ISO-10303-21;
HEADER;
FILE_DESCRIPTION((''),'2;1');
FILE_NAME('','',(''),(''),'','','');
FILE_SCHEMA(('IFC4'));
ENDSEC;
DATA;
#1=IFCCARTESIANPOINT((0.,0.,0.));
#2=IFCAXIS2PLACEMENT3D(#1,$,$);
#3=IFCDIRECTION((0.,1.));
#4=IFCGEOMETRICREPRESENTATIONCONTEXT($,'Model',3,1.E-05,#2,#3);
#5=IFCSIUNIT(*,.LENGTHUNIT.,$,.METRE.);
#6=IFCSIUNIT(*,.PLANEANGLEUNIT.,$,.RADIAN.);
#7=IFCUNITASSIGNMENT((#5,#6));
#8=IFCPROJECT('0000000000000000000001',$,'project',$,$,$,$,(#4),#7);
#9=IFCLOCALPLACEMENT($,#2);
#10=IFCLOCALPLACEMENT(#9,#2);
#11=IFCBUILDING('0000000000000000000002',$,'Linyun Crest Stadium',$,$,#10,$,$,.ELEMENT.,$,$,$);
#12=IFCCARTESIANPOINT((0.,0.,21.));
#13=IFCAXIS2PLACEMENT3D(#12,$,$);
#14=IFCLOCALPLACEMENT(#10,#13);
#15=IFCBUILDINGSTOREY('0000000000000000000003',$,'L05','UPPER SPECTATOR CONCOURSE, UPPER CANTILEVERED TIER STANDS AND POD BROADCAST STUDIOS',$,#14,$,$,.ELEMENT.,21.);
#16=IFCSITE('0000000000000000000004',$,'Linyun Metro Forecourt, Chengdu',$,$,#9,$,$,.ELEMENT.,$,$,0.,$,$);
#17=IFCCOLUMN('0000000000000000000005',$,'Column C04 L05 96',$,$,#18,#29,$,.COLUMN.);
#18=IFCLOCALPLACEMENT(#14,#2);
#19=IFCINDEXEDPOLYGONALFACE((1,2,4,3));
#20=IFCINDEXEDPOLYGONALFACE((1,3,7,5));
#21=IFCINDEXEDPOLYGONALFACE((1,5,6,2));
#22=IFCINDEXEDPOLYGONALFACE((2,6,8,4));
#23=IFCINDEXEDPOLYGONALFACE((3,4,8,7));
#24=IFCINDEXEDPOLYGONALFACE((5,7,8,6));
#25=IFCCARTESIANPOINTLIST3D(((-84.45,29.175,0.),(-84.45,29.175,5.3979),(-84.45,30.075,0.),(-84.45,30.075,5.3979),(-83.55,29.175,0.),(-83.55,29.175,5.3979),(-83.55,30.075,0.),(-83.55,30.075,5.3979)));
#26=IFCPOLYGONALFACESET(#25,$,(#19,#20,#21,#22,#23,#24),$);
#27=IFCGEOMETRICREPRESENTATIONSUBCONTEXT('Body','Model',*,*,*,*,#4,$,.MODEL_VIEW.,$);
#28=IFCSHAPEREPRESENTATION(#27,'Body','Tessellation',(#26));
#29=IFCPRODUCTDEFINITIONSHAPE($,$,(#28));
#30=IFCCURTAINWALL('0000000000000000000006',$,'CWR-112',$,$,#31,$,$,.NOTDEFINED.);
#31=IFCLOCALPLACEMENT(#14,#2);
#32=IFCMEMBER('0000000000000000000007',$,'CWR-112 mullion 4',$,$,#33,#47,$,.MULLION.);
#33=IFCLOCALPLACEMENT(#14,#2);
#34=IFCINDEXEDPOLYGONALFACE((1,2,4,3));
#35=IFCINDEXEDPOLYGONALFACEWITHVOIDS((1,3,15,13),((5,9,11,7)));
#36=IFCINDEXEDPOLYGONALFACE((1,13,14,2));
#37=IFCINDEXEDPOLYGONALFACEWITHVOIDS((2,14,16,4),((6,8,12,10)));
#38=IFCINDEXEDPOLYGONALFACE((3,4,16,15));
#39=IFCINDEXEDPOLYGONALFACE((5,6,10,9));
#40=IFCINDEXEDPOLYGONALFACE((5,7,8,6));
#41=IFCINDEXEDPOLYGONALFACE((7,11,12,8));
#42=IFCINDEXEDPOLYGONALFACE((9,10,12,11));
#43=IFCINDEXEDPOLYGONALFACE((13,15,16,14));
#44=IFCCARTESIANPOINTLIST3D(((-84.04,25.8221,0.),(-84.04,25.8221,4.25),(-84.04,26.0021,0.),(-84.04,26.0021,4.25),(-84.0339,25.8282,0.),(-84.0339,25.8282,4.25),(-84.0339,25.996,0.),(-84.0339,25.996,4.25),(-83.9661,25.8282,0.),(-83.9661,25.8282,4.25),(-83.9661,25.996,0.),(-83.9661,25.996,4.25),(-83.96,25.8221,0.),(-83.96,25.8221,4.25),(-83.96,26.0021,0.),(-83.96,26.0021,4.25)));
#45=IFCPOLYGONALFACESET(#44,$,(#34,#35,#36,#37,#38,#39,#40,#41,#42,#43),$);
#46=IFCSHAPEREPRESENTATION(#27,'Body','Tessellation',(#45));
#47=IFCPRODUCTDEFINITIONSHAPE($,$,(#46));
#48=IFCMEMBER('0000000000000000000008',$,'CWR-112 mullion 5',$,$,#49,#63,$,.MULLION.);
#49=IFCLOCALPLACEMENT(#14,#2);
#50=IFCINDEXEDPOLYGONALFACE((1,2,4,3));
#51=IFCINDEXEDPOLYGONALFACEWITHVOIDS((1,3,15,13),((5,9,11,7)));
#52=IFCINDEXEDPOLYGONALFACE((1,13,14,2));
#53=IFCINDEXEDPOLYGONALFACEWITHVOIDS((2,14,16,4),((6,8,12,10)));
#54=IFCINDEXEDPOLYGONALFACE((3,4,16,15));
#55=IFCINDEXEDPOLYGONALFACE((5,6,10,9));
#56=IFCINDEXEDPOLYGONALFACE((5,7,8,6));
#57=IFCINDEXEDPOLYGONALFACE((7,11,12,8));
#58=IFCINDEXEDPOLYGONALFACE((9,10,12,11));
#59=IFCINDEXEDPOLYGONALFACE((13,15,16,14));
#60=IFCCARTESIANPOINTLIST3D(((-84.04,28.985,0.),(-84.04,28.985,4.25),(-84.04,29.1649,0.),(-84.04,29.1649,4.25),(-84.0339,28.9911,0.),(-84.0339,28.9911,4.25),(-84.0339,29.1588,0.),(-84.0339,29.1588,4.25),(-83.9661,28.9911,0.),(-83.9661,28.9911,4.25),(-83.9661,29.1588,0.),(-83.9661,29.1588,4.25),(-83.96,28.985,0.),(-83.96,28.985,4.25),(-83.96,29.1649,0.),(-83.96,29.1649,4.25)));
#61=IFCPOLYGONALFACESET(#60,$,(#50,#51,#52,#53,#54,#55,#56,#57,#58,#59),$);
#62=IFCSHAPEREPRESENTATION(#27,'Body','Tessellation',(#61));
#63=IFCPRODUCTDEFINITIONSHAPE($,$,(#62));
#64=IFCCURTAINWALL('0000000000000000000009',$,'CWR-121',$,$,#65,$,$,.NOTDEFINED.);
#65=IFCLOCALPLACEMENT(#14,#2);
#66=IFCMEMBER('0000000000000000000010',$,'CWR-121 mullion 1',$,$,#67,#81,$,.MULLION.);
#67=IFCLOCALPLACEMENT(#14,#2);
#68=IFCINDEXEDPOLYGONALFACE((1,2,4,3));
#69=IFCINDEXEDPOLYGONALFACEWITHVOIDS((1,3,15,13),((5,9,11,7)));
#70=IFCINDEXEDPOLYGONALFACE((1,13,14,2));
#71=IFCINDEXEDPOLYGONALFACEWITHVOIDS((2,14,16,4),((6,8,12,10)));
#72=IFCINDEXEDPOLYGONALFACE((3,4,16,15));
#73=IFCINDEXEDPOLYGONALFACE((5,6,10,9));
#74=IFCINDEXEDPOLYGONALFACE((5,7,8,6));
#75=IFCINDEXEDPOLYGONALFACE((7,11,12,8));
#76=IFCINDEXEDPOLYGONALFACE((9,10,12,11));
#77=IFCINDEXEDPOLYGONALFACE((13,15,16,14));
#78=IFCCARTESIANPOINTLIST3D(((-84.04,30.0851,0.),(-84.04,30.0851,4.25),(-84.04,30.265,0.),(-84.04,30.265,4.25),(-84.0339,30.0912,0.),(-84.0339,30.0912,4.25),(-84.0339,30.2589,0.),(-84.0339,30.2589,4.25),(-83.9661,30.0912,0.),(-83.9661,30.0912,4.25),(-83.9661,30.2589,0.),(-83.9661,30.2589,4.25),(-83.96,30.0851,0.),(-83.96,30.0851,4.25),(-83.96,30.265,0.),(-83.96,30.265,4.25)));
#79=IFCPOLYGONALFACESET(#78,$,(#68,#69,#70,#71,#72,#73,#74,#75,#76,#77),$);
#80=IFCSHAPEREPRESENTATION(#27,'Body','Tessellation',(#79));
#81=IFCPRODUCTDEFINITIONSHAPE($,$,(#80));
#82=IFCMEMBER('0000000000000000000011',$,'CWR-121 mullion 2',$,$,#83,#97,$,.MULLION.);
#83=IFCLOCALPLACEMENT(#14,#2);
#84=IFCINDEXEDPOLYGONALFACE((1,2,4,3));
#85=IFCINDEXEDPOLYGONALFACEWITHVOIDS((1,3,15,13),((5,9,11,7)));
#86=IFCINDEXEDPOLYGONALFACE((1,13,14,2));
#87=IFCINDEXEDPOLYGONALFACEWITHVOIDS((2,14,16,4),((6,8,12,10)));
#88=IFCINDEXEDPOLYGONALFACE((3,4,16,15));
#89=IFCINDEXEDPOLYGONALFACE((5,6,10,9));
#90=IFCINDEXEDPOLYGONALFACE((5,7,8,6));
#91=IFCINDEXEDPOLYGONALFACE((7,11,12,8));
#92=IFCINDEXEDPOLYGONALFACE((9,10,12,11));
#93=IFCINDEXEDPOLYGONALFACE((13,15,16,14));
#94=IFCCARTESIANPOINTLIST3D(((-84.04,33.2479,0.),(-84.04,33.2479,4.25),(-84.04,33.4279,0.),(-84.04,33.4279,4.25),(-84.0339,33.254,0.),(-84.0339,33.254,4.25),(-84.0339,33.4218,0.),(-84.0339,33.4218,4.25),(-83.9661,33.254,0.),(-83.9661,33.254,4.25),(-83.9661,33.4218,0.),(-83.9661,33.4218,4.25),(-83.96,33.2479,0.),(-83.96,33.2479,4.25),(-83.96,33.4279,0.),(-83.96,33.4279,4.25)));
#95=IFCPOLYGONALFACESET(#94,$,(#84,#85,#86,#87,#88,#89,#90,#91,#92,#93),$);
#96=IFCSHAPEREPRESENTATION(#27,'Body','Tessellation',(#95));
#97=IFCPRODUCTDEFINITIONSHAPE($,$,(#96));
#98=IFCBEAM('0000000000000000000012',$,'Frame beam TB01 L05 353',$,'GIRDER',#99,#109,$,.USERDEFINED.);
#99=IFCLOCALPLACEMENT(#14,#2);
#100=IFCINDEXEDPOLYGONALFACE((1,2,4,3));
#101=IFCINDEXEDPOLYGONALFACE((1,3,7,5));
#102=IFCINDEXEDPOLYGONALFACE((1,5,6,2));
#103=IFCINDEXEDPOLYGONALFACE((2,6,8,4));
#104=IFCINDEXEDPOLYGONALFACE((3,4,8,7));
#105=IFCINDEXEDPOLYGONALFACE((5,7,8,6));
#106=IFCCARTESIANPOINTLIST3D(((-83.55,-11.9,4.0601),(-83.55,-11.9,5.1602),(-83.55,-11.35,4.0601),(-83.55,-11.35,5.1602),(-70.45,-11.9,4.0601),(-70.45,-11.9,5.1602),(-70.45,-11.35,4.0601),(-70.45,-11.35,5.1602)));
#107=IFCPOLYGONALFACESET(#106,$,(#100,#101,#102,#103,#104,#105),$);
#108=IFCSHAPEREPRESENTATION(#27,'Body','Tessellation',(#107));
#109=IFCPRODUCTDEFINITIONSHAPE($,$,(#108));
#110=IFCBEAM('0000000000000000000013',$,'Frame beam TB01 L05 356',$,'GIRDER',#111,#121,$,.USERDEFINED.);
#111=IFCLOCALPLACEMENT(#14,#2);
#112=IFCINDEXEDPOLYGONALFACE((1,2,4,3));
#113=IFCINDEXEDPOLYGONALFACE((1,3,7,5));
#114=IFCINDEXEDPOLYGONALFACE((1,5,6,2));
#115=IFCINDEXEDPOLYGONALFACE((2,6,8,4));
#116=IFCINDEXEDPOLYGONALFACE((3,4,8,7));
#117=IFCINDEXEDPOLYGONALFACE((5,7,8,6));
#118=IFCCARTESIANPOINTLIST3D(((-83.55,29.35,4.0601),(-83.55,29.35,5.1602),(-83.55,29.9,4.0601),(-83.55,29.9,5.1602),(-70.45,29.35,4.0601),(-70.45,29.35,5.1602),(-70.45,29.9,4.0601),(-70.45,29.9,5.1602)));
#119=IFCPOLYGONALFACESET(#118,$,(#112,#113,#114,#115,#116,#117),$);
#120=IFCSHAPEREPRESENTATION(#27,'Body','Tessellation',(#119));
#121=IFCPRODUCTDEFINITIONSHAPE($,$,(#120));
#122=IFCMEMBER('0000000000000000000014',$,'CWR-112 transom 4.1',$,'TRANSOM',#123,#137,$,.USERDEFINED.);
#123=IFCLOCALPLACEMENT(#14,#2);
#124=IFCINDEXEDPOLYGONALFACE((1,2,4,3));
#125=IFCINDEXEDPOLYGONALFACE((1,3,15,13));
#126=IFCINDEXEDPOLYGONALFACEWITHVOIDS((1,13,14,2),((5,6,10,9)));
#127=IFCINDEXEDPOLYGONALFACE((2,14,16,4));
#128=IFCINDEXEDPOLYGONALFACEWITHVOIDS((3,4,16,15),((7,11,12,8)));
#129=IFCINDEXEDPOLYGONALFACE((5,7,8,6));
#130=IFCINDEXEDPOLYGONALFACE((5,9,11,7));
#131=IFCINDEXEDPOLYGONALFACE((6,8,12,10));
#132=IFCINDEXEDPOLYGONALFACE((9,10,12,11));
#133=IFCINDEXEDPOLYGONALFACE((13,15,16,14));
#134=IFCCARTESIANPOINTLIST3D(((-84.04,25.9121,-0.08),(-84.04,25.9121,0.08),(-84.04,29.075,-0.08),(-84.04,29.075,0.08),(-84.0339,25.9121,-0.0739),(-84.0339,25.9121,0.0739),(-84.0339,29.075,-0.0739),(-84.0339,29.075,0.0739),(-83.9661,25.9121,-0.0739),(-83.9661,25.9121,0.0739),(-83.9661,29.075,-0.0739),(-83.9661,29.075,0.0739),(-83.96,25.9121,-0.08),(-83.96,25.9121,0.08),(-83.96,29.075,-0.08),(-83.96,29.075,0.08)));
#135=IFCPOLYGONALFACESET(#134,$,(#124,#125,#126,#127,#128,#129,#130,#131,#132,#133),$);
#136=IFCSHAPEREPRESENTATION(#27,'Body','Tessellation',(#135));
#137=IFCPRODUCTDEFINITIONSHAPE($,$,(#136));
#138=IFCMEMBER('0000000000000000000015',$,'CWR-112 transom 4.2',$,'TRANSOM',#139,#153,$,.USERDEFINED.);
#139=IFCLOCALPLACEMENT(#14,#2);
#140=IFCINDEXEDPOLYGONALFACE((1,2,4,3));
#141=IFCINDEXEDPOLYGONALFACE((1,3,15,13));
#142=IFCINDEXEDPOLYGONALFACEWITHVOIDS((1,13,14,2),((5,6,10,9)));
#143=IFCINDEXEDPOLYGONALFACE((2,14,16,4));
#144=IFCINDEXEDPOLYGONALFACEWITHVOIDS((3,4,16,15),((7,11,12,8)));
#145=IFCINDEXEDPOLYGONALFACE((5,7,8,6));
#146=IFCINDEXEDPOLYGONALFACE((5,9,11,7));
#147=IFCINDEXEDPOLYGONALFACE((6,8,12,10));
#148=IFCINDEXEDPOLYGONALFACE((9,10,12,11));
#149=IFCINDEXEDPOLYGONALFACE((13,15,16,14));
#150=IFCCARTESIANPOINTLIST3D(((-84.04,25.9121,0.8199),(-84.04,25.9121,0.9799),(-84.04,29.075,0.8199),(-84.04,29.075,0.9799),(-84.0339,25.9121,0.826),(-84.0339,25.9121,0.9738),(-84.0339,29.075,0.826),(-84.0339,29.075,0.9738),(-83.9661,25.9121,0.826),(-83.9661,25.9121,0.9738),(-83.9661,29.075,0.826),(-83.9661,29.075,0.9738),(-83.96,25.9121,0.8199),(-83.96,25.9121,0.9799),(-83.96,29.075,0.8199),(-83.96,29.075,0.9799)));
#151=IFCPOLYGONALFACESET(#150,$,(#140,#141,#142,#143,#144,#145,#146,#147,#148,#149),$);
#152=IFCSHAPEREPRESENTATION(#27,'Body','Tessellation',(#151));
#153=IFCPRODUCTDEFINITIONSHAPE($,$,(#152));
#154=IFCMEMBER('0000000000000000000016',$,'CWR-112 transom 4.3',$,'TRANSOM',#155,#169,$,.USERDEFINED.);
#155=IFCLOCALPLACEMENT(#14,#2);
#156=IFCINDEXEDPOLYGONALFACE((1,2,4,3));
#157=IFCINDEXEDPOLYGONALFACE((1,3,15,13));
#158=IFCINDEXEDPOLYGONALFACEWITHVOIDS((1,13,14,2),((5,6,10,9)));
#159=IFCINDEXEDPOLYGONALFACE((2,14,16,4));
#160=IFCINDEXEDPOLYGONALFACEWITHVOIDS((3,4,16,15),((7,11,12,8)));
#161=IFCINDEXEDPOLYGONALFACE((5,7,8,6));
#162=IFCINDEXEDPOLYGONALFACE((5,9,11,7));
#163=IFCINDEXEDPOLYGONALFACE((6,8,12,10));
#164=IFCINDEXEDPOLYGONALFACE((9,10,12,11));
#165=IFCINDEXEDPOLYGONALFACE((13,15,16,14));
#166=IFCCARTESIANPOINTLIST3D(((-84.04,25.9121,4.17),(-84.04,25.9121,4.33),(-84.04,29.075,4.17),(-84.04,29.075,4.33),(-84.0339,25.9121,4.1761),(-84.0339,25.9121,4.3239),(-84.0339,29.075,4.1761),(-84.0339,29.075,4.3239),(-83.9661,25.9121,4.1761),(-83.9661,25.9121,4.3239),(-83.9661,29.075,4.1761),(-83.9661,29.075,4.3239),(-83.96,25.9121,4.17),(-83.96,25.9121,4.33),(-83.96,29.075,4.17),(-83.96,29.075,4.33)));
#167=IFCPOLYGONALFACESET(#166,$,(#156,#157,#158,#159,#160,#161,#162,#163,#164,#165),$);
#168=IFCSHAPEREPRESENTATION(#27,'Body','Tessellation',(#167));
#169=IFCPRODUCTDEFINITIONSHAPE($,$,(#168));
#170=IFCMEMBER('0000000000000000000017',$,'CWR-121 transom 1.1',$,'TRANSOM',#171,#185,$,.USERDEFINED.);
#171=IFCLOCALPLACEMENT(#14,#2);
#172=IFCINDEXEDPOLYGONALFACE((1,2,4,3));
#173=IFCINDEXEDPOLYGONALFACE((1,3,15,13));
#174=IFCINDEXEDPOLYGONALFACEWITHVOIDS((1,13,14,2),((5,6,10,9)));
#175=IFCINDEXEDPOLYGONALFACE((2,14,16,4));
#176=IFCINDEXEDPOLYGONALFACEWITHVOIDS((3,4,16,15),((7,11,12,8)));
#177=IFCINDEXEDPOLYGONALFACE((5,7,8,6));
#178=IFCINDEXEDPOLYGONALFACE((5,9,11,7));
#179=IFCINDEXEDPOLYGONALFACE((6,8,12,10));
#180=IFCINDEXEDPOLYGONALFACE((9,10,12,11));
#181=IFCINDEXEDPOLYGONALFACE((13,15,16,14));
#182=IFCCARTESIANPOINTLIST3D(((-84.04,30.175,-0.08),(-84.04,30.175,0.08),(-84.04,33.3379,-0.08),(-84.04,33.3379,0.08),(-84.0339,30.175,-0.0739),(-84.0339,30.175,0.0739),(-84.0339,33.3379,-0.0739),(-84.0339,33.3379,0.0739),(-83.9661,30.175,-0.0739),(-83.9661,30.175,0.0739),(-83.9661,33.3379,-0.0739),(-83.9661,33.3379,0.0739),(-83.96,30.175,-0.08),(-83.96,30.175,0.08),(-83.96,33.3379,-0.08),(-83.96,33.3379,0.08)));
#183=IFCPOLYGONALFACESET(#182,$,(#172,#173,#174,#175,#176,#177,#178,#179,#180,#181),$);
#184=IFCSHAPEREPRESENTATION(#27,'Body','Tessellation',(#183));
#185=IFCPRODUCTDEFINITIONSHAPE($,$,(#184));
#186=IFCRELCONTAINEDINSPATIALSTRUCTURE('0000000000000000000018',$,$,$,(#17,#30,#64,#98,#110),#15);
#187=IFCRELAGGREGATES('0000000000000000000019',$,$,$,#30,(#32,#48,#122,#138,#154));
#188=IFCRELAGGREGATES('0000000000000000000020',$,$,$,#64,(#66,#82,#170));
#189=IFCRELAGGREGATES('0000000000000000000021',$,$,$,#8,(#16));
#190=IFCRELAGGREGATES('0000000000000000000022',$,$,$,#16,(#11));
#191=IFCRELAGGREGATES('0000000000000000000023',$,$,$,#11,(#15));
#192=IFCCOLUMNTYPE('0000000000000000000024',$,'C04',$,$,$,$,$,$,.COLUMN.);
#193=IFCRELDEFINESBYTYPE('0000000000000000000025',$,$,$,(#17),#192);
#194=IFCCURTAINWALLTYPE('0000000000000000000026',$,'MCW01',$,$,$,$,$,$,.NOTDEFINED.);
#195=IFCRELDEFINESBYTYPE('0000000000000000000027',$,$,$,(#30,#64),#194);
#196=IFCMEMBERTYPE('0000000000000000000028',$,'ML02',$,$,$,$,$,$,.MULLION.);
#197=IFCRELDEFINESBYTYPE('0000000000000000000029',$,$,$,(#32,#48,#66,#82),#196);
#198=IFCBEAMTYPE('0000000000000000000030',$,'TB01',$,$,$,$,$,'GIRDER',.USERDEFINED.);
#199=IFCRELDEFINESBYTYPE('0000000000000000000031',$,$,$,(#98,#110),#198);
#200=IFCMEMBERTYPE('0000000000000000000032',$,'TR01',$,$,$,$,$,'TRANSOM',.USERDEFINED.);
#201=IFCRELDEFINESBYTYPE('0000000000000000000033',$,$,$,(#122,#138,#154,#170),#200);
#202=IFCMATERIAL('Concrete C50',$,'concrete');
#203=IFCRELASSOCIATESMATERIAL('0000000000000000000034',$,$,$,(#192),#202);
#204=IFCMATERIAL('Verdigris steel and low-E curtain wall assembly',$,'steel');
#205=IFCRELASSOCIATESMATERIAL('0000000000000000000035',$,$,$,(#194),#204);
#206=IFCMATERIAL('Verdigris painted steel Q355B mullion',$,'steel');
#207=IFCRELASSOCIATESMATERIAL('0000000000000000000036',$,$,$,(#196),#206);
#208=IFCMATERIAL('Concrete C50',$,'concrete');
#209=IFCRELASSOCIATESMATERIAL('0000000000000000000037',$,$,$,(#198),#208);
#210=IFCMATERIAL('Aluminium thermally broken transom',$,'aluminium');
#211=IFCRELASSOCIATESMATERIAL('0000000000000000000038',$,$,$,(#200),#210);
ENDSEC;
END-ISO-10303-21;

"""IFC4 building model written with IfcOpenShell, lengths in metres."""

from ifc_helpers import new_model, si_unit, direction, frame, origin, origin_2d, place, context, subcontext, project, spatial, rectangle, hollow_rectangle, extrude, material, material_profile, profile_set, type_object, element, aggregate, save


model = new_model("IFC4")

# Units and contexts
model_context = context("Model", 3, precision=1e-05, world=origin(), true_north=direction((0.0, 1.0)))
body_context = subcontext(model_context, "Body", "Model", "MODEL_VIEW")
ifc_project = project(units=[si_unit("LENGTHUNIT", "METRE"), si_unit("PLANEANGLEUNIT", "RADIAN")], contexts=[model_context])

# Site, building, storey
site_placement = place(None, origin())
site = spatial("IfcSite", under=ifc_project, at=site_placement, Name="Linyun Metro Forecourt, Chengdu", CompositionType="ELEMENT", RefElevation=0.0)
building_placement = place(site_placement, origin())
building = spatial("IfcBuilding", under=site, at=building_placement, Name="Linyun Crest Stadium", CompositionType="ELEMENT")
storey_placement = place(building_placement, frame((0.0, 0.0, 21.0)))
storey = spatial("IfcBuildingStorey", under=building, at=storey_placement, Name="L05", Description="UPPER SPECTATOR CONCOURSE, UPPER CANTILEVERED TIER STANDS AND POD BROADCAST STUDIOS", CompositionType="ELEMENT", Elevation=21.0)

# Column
ifc_material_1 = material(Name="Concrete C50", Category="concrete")
ifc_material_profile_1 = material_profile(ifc_material_1, rectangle(XDim=0.8999, YDim=0.8999, at=origin_2d()), Name="RC 900x900")
ifc_profile_set_1 = profile_set([ifc_material_profile_1], Name="Concrete C50")
column_type = type_object("IfcColumnType", Name="C04", PredefinedType="COLUMN", material=ifc_profile_set_1)
column_placement = place(storey_placement, frame((-84.0, 29.625, 0.0), z_axis=(0.0, 0.0, 1.0), x_axis=(1.0, 0.0, 0.0)))
element("IfcColumn", 1, at=column_placement, inside=storey, type_object=column_type, Name="Column C04 L05 96", PredefinedType="COLUMN", context=body_context, shape_type="SweptSolid", body=[
    extrude(rectangle(XDim=0.8999, YDim=0.8999, at=origin_2d()), origin(), (0.0, 0.0, 1.0), 5.3979),
])

# Curtain walls, members
ifc_material_2 = material(Name="Verdigris steel and low-E curtain wall assembly", Category="steel")
curtain_wall_type = type_object("IfcCurtainWallType", Name="MCW01", PredefinedType="NOTDEFINED", material=ifc_material_2)
curtain_wall_1_placement = place(storey_placement, origin())
curtain_wall_1 = element("IfcCurtainWall", 2, at=curtain_wall_1_placement, inside=storey, type_object=curtain_wall_type, Name="CWR-112", PredefinedType="NOTDEFINED")
ifc_material_3 = material(Name="Verdigris painted steel Q355B mullion", Category="steel")
ifc_material_profile_2 = material_profile(ifc_material_3, hollow_rectangle(XDim=0.0801, YDim=0.1799, WallThickness=0.0061, at=origin_2d()), Name="RHS 180x80x6")
ifc_profile_set_2 = profile_set([ifc_material_profile_2], Name="Verdigris painted steel Q355B mullion")
member_type_1 = type_object("IfcMemberType", Name="ML02", PredefinedType="MULLION", material=ifc_profile_set_2)
member_1_placement = place(storey_placement, frame((-84.0, 25.9121, 0.0), z_axis=(0.0, 0.0, 1.0), x_axis=(-1.0, 0.0, 0.0)))
member_1 = element("IfcMember", 3, at=member_1_placement, type_object=member_type_1, Name="CWR-112 mullion 4", PredefinedType="MULLION", context=body_context, shape_type="SweptSolid", body=[
    extrude(hollow_rectangle(XDim=0.0801, YDim=0.1799, WallThickness=0.0061, at=origin_2d()), origin(), (0.0, 0.0, 1.0), 4.25),
])
member_2_placement = place(storey_placement, frame((-84.0, 29.075, 0.0), z_axis=(0.0, 0.0, 1.0), x_axis=(-1.0, 0.0, 0.0)))
member_2 = element("IfcMember", 4, at=member_2_placement, type_object=member_type_1, Name="CWR-112 mullion 5", PredefinedType="MULLION", context=body_context, shape_type="SweptSolid", body=[
    extrude(hollow_rectangle(XDim=0.0801, YDim=0.1799, WallThickness=0.0061, at=origin_2d()), origin(), (0.0, 0.0, 1.0), 4.25),
])
curtain_wall_2_placement = place(storey_placement, origin())
curtain_wall_2 = element("IfcCurtainWall", 5, at=curtain_wall_2_placement, inside=storey, type_object=curtain_wall_type, Name="CWR-121", PredefinedType="NOTDEFINED")
member_3_placement = place(storey_placement, frame((-84.0, 30.175, 0.0), z_axis=(0.0, 0.0, 1.0), x_axis=(-1.0, 0.0, 0.0)))
member_3 = element("IfcMember", 6, at=member_3_placement, type_object=member_type_1, Name="CWR-121 mullion 1", PredefinedType="MULLION", context=body_context, shape_type="SweptSolid", body=[
    extrude(hollow_rectangle(XDim=0.0801, YDim=0.1799, WallThickness=0.0061, at=origin_2d()), origin(), (0.0, 0.0, 1.0), 4.25),
])
member_4_placement = place(storey_placement, frame((-84.0, 33.3379, 0.0), z_axis=(0.0, 0.0, 1.0), x_axis=(-1.0, 0.0, 0.0)))
member_4 = element("IfcMember", 7, at=member_4_placement, type_object=member_type_1, Name="CWR-121 mullion 2", PredefinedType="MULLION", context=body_context, shape_type="SweptSolid", body=[
    extrude(hollow_rectangle(XDim=0.0801, YDim=0.1799, WallThickness=0.0061, at=origin_2d()), origin(), (0.0, 0.0, 1.0), 4.25),
])

# Beams
ifc_material_4 = material(Name="Concrete C50", Category="concrete")
ifc_material_profile_3 = material_profile(ifc_material_4, rectangle(XDim=0.55, YDim=1.1001, at=origin_2d()), Name="RCB 1100x550")
ifc_profile_set_3 = profile_set([ifc_material_profile_3], Name="Concrete C50")
beam_type = type_object("IfcBeamType", Name="TB01", ElementType="GIRDER", PredefinedType="USERDEFINED", material=ifc_profile_set_3)
for number, where, z_axis, x_axis, name in (
    (8, (-83.55, -11.625, 4.6101), (1.0, 0.0, 0.0), (0.0, 1.0, 0.0), "Frame beam TB01 L05 353"),
    (9, (-83.55, 29.625, 4.6101), (1.0, 0.0, 0.0), (0.0, 1.0, 0.0), "Frame beam TB01 L05 356"),
):
    element("IfcBeam", number, at=place(storey_placement, frame(where, z_axis=z_axis, x_axis=x_axis)), inside=storey, type_object=beam_type, Name=name, ObjectType="GIRDER", PredefinedType="USERDEFINED", context=body_context, shape_type="SweptSolid", body=[
        extrude(rectangle(XDim=0.55, YDim=1.1001, at=origin_2d()), origin(), (0.0, 0.0, 1.0), 13.1001),
    ])

# Members
ifc_material_5 = material(Name="Aluminium thermally broken transom", Category="aluminium")
ifc_material_profile_4 = material_profile(ifc_material_5, hollow_rectangle(XDim=0.0801, YDim=0.1599, WallThickness=0.0061, at=origin_2d()), Name="RHS 160x80x6")
ifc_profile_set_4 = profile_set([ifc_material_profile_4], Name="Aluminium thermally broken transom")
member_type_2 = type_object("IfcMemberType", Name="TR01", ElementType="TRANSOM", PredefinedType="USERDEFINED", material=ifc_profile_set_4)
member_5_placement = place(storey_placement, frame((-84.0, 25.9121, 0.0), z_axis=(0.0, 1.0, 0.0), x_axis=(-1.0, 0.0, 0.0)))
member_5 = element("IfcMember", 10, at=member_5_placement, type_object=member_type_2, Name="CWR-112 transom 4.1", ObjectType="TRANSOM", PredefinedType="USERDEFINED", context=body_context, shape_type="SweptSolid", body=[
    extrude(hollow_rectangle(XDim=0.0801, YDim=0.1599, WallThickness=0.0061, at=origin_2d()), origin(), (0.0, 0.0, 1.0), 3.1628),
])
member_6_placement = place(storey_placement, frame((-84.0, 25.9121, 0.8999), z_axis=(0.0, 1.0, 0.0), x_axis=(-1.0, 0.0, 0.0)))
member_6 = element("IfcMember", 11, at=member_6_placement, type_object=member_type_2, Name="CWR-112 transom 4.2", ObjectType="TRANSOM", PredefinedType="USERDEFINED", context=body_context, shape_type="SweptSolid", body=[
    extrude(hollow_rectangle(XDim=0.0801, YDim=0.1599, WallThickness=0.0061, at=origin_2d()), origin(), (0.0, 0.0, 1.0), 3.1628),
])
member_7_placement = place(storey_placement, frame((-84.0, 25.9121, 4.25), z_axis=(0.0, 1.0, 0.0), x_axis=(-1.0, 0.0, 0.0)))
member_7 = element("IfcMember", 12, at=member_7_placement, type_object=member_type_2, Name="CWR-112 transom 4.3", ObjectType="TRANSOM", PredefinedType="USERDEFINED", context=body_context, shape_type="SweptSolid", body=[
    extrude(hollow_rectangle(XDim=0.0801, YDim=0.1599, WallThickness=0.0061, at=origin_2d()), origin(), (0.0, 0.0, 1.0), 3.1628),
])
member_8_placement = place(storey_placement, frame((-84.0, 30.175, 0.0), z_axis=(0.0, 1.0, 0.0), x_axis=(-1.0, 0.0, 0.0)))
member_8 = element("IfcMember", 13, at=member_8_placement, type_object=member_type_2, Name="CWR-121 transom 1.1", ObjectType="TRANSOM", PredefinedType="USERDEFINED", context=body_context, shape_type="SweptSolid", body=[
    extrude(hollow_rectangle(XDim=0.0801, YDim=0.1599, WallThickness=0.0061, at=origin_2d()), origin(), (0.0, 0.0, 1.0), 3.1628),
])

aggregate(curtain_wall_1, [member_1, member_2, member_5, member_6, member_7])
aggregate(curtain_wall_2, [member_3, member_4, member_8])

save(model, "model.ifc")
